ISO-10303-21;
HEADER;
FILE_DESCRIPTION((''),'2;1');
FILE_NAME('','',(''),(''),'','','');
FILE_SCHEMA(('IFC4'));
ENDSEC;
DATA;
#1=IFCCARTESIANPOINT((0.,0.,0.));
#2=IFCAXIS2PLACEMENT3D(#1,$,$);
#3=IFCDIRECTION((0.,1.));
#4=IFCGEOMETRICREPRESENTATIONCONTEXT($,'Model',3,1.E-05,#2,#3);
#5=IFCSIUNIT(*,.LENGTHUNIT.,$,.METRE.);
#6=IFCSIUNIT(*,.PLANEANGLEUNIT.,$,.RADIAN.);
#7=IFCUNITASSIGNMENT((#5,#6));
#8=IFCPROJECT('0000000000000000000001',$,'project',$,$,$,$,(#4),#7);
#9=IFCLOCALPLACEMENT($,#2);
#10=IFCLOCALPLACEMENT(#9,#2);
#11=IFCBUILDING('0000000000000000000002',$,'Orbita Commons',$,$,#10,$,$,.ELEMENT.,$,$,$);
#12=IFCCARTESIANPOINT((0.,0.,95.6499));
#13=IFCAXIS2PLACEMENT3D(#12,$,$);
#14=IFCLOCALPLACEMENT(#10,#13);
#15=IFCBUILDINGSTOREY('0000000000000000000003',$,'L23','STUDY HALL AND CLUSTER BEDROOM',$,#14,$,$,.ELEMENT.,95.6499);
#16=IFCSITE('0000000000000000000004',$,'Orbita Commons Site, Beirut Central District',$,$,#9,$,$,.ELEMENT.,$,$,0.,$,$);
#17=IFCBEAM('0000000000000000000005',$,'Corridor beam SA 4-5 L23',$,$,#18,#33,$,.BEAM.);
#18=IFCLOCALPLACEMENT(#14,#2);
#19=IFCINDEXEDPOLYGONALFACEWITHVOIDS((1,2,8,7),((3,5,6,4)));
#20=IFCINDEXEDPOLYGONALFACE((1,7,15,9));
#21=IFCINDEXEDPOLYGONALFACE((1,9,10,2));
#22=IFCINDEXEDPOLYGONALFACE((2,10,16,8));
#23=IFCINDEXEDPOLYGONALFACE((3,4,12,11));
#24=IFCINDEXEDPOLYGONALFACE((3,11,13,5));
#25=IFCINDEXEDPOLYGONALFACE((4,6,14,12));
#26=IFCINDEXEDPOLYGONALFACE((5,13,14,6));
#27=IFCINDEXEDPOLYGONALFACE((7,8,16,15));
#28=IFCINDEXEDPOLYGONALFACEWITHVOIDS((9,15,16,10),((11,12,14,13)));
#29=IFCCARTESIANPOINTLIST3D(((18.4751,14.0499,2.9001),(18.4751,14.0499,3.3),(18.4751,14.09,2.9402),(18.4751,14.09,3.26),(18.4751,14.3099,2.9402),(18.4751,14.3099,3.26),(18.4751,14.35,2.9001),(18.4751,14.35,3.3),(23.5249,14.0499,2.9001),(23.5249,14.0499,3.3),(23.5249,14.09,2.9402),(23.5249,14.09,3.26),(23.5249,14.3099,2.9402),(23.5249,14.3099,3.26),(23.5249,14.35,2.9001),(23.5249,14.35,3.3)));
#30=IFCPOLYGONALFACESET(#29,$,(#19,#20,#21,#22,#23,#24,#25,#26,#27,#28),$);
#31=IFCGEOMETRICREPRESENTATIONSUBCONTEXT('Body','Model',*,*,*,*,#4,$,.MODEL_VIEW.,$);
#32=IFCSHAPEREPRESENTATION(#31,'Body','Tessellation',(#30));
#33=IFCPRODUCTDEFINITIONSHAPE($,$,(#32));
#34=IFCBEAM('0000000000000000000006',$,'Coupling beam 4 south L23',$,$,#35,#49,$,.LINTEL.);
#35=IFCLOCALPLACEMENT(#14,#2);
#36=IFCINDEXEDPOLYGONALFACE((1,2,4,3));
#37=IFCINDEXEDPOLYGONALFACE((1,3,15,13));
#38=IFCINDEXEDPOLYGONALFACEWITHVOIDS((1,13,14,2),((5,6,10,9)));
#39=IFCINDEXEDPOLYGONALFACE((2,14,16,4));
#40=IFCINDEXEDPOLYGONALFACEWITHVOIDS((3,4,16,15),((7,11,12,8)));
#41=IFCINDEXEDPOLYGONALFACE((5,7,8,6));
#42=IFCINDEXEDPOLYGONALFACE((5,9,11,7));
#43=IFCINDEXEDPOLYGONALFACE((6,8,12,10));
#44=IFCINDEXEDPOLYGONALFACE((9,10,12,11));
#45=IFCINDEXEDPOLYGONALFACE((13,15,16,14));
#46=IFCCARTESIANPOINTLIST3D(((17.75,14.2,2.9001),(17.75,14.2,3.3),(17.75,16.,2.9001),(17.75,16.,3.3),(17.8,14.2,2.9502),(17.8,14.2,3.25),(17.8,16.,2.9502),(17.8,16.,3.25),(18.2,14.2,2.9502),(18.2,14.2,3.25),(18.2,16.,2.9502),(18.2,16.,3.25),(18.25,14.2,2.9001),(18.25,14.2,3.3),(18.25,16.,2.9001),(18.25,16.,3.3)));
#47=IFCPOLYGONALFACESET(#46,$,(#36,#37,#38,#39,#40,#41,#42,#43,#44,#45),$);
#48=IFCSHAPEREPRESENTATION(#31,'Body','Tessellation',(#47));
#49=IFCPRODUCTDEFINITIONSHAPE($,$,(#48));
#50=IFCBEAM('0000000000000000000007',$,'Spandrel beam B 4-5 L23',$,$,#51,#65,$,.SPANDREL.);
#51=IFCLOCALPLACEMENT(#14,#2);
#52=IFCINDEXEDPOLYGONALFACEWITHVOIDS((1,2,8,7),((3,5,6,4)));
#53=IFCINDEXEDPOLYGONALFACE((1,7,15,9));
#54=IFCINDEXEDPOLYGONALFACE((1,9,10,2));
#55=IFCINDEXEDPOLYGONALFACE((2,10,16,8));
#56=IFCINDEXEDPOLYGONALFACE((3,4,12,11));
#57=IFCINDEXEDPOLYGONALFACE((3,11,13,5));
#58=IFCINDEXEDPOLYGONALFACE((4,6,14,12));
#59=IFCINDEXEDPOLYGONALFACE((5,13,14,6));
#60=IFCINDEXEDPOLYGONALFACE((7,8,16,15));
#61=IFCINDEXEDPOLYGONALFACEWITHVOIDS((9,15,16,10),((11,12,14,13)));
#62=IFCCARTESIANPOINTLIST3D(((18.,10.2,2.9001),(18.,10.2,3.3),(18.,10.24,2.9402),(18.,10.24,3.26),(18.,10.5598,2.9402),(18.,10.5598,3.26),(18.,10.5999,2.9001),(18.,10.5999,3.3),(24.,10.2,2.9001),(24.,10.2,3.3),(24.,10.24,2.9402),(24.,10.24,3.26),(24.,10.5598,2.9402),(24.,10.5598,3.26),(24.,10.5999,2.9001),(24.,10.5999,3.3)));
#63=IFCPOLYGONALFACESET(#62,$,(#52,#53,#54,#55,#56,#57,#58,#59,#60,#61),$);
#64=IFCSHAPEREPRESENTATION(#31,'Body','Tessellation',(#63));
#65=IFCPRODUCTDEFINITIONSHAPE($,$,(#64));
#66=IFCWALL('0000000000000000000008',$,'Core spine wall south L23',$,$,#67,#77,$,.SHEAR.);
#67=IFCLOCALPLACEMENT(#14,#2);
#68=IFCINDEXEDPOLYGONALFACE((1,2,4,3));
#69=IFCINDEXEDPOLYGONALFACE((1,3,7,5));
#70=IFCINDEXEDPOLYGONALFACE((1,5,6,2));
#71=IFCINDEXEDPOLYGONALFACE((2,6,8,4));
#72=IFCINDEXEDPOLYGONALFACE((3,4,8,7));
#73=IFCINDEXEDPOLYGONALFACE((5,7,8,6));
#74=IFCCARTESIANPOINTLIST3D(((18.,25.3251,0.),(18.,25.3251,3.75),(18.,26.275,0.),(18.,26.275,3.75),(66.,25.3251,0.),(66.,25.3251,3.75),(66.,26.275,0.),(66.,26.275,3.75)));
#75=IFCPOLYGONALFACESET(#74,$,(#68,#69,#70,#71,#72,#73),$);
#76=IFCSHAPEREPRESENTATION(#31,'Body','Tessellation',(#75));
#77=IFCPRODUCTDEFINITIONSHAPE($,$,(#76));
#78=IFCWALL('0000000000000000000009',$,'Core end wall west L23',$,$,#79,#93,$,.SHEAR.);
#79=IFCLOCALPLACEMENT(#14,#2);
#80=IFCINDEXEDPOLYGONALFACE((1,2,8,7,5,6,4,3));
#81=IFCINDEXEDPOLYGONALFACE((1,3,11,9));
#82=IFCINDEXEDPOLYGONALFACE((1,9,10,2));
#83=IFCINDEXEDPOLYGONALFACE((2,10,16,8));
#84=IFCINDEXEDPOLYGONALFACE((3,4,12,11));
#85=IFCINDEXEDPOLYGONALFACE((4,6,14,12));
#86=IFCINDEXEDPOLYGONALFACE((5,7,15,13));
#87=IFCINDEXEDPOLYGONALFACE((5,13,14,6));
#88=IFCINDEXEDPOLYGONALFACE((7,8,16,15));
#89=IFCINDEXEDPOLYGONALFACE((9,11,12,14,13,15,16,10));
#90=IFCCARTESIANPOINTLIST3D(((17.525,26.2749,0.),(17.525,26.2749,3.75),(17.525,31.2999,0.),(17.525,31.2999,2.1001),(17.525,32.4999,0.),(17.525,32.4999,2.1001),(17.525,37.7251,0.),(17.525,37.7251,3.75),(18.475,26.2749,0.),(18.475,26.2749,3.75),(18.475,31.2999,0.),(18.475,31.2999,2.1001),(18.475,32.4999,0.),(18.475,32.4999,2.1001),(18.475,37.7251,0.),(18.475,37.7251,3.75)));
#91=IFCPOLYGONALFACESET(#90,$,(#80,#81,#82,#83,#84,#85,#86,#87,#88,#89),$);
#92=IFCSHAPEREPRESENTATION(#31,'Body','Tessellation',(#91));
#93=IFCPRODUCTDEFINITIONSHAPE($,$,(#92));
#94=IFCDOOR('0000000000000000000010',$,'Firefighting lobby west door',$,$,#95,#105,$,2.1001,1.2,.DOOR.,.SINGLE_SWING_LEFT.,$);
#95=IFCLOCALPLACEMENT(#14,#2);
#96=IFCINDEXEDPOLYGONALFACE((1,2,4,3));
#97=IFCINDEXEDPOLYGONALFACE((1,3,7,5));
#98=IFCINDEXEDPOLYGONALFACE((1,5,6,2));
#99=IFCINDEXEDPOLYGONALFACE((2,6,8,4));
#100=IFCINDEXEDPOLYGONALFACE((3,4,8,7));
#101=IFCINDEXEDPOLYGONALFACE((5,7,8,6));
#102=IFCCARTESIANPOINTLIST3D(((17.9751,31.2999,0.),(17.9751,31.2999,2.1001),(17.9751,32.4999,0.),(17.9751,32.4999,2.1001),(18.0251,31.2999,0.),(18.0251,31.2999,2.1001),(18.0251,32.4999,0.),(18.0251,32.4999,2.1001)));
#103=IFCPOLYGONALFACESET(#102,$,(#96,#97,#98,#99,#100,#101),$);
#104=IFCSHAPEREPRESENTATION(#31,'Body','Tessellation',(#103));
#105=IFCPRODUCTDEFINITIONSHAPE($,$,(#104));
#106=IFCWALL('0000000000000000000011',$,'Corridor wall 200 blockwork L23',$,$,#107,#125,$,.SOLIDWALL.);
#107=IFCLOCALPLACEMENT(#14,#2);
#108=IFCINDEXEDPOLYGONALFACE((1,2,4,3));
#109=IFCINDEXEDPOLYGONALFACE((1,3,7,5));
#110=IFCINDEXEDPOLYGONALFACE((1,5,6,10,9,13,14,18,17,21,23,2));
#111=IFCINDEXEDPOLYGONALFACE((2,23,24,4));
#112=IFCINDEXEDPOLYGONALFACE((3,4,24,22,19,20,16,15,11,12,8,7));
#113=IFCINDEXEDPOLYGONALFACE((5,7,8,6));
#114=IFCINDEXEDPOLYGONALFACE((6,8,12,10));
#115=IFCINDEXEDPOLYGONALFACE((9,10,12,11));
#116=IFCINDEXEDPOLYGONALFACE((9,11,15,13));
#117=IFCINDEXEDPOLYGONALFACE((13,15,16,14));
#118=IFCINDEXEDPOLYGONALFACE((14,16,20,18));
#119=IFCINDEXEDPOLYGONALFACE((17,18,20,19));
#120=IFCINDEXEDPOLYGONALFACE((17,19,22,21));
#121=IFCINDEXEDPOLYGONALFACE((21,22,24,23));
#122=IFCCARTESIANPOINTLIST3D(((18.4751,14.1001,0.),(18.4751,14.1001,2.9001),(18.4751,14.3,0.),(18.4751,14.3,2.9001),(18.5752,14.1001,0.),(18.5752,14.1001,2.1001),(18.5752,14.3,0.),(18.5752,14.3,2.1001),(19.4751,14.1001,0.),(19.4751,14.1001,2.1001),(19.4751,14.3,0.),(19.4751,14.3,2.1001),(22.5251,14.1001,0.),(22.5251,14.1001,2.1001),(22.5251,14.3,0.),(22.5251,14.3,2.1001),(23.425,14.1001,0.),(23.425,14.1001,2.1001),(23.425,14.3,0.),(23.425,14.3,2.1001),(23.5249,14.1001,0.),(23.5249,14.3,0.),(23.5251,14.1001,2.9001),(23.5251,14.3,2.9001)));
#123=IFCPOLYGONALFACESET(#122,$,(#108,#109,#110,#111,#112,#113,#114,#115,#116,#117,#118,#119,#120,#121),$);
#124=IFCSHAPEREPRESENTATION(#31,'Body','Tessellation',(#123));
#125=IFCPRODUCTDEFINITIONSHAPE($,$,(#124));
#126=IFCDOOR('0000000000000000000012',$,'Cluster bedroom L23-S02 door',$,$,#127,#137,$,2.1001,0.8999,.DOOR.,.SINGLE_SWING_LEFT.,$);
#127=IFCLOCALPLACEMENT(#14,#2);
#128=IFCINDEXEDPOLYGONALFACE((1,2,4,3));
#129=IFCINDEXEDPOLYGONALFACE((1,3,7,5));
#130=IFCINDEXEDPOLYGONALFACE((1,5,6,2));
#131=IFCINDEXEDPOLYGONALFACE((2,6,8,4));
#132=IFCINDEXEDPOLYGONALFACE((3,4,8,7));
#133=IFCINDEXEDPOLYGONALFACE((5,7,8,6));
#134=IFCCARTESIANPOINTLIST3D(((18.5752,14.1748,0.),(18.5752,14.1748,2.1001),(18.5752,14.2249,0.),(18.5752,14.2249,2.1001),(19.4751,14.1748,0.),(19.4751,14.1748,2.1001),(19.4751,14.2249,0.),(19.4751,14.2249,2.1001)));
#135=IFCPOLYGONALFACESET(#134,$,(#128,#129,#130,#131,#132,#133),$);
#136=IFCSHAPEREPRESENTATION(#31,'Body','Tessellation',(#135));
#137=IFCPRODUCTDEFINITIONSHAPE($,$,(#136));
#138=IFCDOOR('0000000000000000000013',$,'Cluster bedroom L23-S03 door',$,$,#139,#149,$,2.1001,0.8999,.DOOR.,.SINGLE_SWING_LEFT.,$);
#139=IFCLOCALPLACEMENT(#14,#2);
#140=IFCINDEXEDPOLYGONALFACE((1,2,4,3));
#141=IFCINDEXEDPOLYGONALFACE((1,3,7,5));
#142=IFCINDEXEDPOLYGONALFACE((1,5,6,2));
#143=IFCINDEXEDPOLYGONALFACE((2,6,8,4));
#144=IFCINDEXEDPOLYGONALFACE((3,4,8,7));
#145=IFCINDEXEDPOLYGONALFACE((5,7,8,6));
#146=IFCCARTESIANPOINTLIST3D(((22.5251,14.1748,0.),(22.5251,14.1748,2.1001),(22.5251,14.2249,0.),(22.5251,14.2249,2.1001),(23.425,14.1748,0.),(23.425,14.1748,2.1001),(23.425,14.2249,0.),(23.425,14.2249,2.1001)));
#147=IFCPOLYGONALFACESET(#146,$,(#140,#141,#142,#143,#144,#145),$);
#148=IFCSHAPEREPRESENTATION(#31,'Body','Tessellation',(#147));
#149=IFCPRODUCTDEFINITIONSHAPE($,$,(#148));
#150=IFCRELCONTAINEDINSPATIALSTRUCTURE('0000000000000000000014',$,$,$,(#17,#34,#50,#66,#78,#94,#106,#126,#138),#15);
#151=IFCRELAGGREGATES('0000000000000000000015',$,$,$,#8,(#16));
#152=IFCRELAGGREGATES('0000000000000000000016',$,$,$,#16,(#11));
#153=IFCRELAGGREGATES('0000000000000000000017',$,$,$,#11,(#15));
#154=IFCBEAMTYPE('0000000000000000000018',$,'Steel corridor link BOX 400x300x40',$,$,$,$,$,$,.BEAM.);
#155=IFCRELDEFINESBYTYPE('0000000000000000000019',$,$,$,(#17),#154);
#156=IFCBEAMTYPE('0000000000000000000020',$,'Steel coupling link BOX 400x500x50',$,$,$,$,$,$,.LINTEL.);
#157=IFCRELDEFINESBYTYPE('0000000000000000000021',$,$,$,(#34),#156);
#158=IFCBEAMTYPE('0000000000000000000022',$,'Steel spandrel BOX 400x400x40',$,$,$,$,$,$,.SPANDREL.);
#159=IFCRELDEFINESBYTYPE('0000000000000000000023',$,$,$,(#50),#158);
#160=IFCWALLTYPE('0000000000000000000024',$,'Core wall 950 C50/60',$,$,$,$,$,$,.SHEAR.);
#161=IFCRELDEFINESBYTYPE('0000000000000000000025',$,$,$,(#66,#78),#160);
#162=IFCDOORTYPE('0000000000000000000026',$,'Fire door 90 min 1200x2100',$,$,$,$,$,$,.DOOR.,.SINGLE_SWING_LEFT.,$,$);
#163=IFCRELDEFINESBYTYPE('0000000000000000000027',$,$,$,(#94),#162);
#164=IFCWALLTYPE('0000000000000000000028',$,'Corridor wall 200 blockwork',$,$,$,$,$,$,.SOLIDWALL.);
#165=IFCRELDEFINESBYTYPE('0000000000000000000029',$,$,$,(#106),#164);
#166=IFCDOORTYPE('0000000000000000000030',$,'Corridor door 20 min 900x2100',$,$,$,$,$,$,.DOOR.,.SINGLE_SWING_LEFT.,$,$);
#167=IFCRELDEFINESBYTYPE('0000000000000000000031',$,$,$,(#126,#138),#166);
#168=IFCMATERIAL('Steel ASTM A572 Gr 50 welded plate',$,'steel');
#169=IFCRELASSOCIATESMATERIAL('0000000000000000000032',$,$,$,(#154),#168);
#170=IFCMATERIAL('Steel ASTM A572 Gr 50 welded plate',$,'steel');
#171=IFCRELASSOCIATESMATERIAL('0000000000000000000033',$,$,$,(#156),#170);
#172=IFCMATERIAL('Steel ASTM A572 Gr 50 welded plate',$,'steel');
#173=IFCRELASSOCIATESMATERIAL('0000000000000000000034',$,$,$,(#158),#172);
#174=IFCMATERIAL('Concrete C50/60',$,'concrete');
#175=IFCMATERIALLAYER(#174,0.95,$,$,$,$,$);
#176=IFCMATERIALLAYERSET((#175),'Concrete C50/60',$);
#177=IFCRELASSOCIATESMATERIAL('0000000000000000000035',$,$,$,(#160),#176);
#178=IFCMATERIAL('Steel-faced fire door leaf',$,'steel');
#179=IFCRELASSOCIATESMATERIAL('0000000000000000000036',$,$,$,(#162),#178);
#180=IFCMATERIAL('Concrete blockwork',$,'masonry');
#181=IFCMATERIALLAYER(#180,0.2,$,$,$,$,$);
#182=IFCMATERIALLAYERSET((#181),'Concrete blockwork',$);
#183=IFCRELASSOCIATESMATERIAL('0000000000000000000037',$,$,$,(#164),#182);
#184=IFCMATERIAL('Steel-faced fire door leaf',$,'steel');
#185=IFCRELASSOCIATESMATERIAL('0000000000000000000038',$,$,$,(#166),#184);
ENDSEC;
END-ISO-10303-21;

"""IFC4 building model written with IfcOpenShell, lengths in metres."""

from ifc_helpers import new_model, si_unit, direction, frame, frame_2d, origin, origin_2d, place, context, subcontext, project, spatial, polyline, rectangle, hollow_rectangle, outline, extrude, material, layer, layer_set, material_profile, profile_set, type_object, element, fill, save


model = new_model("IFC4")

# Units and contexts
model_context = context("Model", 3, precision=1e-05, world=origin(), true_north=direction((0.0, 1.0)))
body_context = subcontext(model_context, "Body", "Model", "MODEL_VIEW")
ifc_project = project(units=[si_unit("LENGTHUNIT", "METRE"), si_unit("PLANEANGLEUNIT", "RADIAN")], contexts=[model_context])

# Site, building, storey
site_placement = place(None, origin())
site = spatial("IfcSite", under=ifc_project, at=site_placement, Name="Orbita Commons Site, Beirut Central District", CompositionType="ELEMENT", RefElevation=0.0)
building_placement = place(site_placement, origin())
building = spatial("IfcBuilding", under=site, at=building_placement, Name="Orbita Commons", CompositionType="ELEMENT")
storey_placement = place(building_placement, frame((0.0, 0.0, 95.6499)))
storey = spatial("IfcBuildingStorey", under=building, at=storey_placement, Name="L23", Description="STUDY HALL AND CLUSTER BEDROOM", CompositionType="ELEMENT", Elevation=95.6499)

# Beams
ifc_material_1 = material(Name="Steel ASTM A572 Gr 50 welded plate", Category="steel")
ifc_material_profile_1 = material_profile(ifc_material_1, hollow_rectangle(XDim=0.3, YDim=0.3999, WallThickness=0.04, at=origin_2d()), Name="BOX 400x300x40")
ifc_profile_set_1 = profile_set([ifc_material_profile_1], Name="Steel ASTM A572 Gr 50 welded plate")
beam_type_1 = type_object("IfcBeamType", Name="Steel corridor link BOX 400x300x40", PredefinedType="BEAM", material=ifc_profile_set_1)
beam_1_placement = place(storey_placement, frame((18.4751, 14.2, 3.1001), z_axis=(1.0, 0.0, 0.0), x_axis=(0.0, 1.0, 0.0)))
element("IfcBeam", 1, at=beam_1_placement, inside=storey, type_object=beam_type_1, Name="Corridor beam SA 4-5 L23", PredefinedType="BEAM", context=body_context, shape_type="SweptSolid", body=[
    extrude(hollow_rectangle(XDim=0.3, YDim=0.3999, WallThickness=0.04, at=origin_2d()), origin(), (0.0, 0.0, 1.0), 5.0498),
])
ifc_material_2 = material(Name="Steel ASTM A572 Gr 50 welded plate", Category="steel")
ifc_material_profile_2 = material_profile(ifc_material_2, hollow_rectangle(XDim=0.5, YDim=0.3999, WallThickness=0.05, at=origin_2d()), Name="BOX 400x500x50")
ifc_profile_set_2 = profile_set([ifc_material_profile_2], Name="Steel ASTM A572 Gr 50 welded plate")
beam_type_2 = type_object("IfcBeamType", Name="Steel coupling link BOX 400x500x50", PredefinedType="LINTEL", material=ifc_profile_set_2)
beam_2_placement = place(storey_placement, frame((18.0, 14.2, 3.1001), z_axis=(0.0, 1.0, 0.0), x_axis=(-1.0, 0.0, 0.0)))
element("IfcBeam", 2, at=beam_2_placement, inside=storey, type_object=beam_type_2, Name="Coupling beam 4 south L23", PredefinedType="LINTEL", context=body_context, shape_type="SweptSolid", body=[
    extrude(hollow_rectangle(XDim=0.5, YDim=0.3999, WallThickness=0.05, at=origin_2d()), origin(), (0.0, 0.0, 1.0), 1.8),
])
ifc_material_3 = material(Name="Steel ASTM A572 Gr 50 welded plate", Category="steel")
ifc_material_profile_3 = material_profile(ifc_material_3, hollow_rectangle(XDim=0.3999, YDim=0.3999, WallThickness=0.04, at=origin_2d()), Name="BOX 400x400x40")
ifc_profile_set_3 = profile_set([ifc_material_profile_3], Name="Steel ASTM A572 Gr 50 welded plate")
beam_type_3 = type_object("IfcBeamType", Name="Steel spandrel BOX 400x400x40", PredefinedType="SPANDREL", material=ifc_profile_set_3)
beam_3_placement = place(storey_placement, frame((18.0, 10.3999, 3.1001), z_axis=(1.0, 0.0, 0.0), x_axis=(0.0, 1.0, 0.0)))
element("IfcBeam", 3, at=beam_3_placement, inside=storey, type_object=beam_type_3, Name="Spandrel beam B 4-5 L23", PredefinedType="SPANDREL", context=body_context, shape_type="SweptSolid", body=[
    extrude(hollow_rectangle(XDim=0.3999, YDim=0.3999, WallThickness=0.04, at=origin_2d()), origin(), (0.0, 0.0, 1.0), 6.0),
])

# Wall
ifc_material_4 = material(Name="Concrete C50/60", Category="concrete")
ifc_layer_1 = layer(ifc_material_4, 0.95)
ifc_layer_set_1 = layer_set([ifc_layer_1], Name="Concrete C50/60")
wall_type_1 = type_object("IfcWallType", Name="Core wall 950 C50/60", PredefinedType="SHEAR", material=ifc_layer_set_1)
wall_1_placement = place(storey_placement, frame((18.0, 25.8, 0.0), z_axis=(0.0, 0.0, 1.0), x_axis=(1.0, 0.0, 0.0)))
element("IfcWall", 4, at=wall_1_placement, inside=storey, type_object=wall_type_1, Name="Core spine wall south L23", PredefinedType="SHEAR", context=body_context, shape_type="SweptSolid", body=[
    extrude(rectangle(XDim=48.0, YDim=0.95, at=frame_2d((24.0, 0.0))), origin(), (0.0, 0.0, 1.0), 3.75),
])

# Wall, opening, door
wall_2_placement = place(storey_placement, frame((18.0, 26.2749, 0.0), z_axis=(0.0, 0.0, 1.0), x_axis=(0.0, 1.0, 0.0)))
wall_2 = element("IfcWall", 5, at=wall_2_placement, inside=storey, type_object=wall_type_1, Name="Core end wall west L23", PredefinedType="SHEAR", context=body_context, shape_type="SweptSolid", body=[
    extrude(rectangle(XDim=11.4502, YDim=0.95, at=frame_2d((5.7251, 0.0))), origin(), (0.0, 0.0, 1.0), 3.75),
])
opening_1_placement = place(wall_2_placement, frame((5.0249, 0.0, 0.0)))
opening_1 = element("IfcOpeningElement", 6, at=opening_1_placement, cuts=wall_2, PredefinedType="OPENING", context=body_context, shape_type="SweptSolid", body=[
    extrude(rectangle(XDim=1.2, YDim=2.1001, at=frame_2d((0.6001, 1.05))), frame((0.0, 0.4849, 0.0), z_axis=(0.0, -1.0, 0.0), x_axis=(1.0, 0.0, 0.0)), (0.0, 0.0, 1.0), 0.97),
])
ifc_material_5 = material(Name="Steel-faced fire door leaf", Category="steel")
door_type_1 = type_object("IfcDoorType", Name="Fire door 90 min 1200x2100", OperationType="SINGLE_SWING_LEFT", PredefinedType="DOOR", material=ifc_material_5)
door_1_placement = place(opening_1_placement, origin())
door_1 = element("IfcDoor", 7, at=door_1_placement, inside=storey, type_object=door_type_1, Name="Firefighting lobby west door", OperationType="SINGLE_SWING_LEFT", OverallHeight=2.1001, OverallWidth=1.2, PredefinedType="DOOR", context=body_context, shape_type="SweptSolid", body=[
    extrude(rectangle(XDim=1.2, YDim=2.1001, at=frame_2d((0.6001, 1.05))), frame((0.0, 0.0249, 0.0), z_axis=(0.0, -1.0, 0.0), x_axis=(1.0, 0.0, 0.0)), (0.0, 0.0, 1.0), 0.05),
])
fill(opening_1, door_1)

# Wall, openings, doors
ifc_material_6 = material(Name="Concrete blockwork", Category="masonry")
ifc_layer_2 = layer(ifc_material_6, 0.2)
ifc_layer_set_2 = layer_set([ifc_layer_2], Name="Concrete blockwork")
wall_type_2 = type_object("IfcWallType", Name="Corridor wall 200 blockwork", PredefinedType="SOLIDWALL", material=ifc_layer_set_2)
wall_3_placement = place(storey_placement, frame((18.4751, 14.2, 0.0), z_axis=(0.0, 0.0, 1.0), x_axis=(1.0, 0.0, 0.0)))
wall_3 = element("IfcWall", 8, at=wall_3_placement, inside=storey, type_object=wall_type_2, Name="Corridor wall 200 blockwork L23", PredefinedType="SOLIDWALL", context=body_context, shape_type="SweptSolid", body=[
    extrude(outline(polyline([(0.0, 0.0), (5.0498, 0.0), (5.05, 2.9001), (0.0, 2.9001), (0.0, 0.0)])), frame((0.0, 0.1001, 0.0), z_axis=(0.0, -1.0, 0.0), x_axis=(1.0, 0.0, 0.0)), (0.0, 0.0, 1.0), 0.2),
])
opening_2_placement = place(wall_3_placement, frame((0.1001, 0.0, 0.0)))
opening_2 = element("IfcOpeningElement", 9, at=opening_2_placement, cuts=wall_3, PredefinedType="OPENING", context=body_context, shape_type="SweptSolid", body=[
    extrude(rectangle(XDim=0.8999, YDim=2.1001, at=frame_2d((0.45, 1.05))), frame((0.0, 0.1099, 0.0), z_axis=(0.0, -1.0, 0.0), x_axis=(1.0, 0.0, 0.0)), (0.0, 0.0, 1.0), 0.22),
])
opening_3_placement = place(wall_3_placement, frame((4.05, 0.0, 0.0)))
opening_3 = element("IfcOpeningElement", 10, at=opening_3_placement, cuts=wall_3, PredefinedType="OPENING", context=body_context, shape_type="SweptSolid", body=[
    extrude(rectangle(XDim=0.8999, YDim=2.1001, at=frame_2d((0.45, 1.05))), frame((0.0, 0.1099, 0.0), z_axis=(0.0, -1.0, 0.0), x_axis=(1.0, 0.0, 0.0)), (0.0, 0.0, 1.0), 0.22),
])
ifc_material_7 = material(Name="Steel-faced fire door leaf", Category="steel")
door_type_2 = type_object("IfcDoorType", Name="Corridor door 20 min 900x2100", OperationType="SINGLE_SWING_LEFT", PredefinedType="DOOR", material=ifc_material_7)
door_2_placement = place(opening_2_placement, origin())
door_2 = element("IfcDoor", 11, at=door_2_placement, inside=storey, type_object=door_type_2, Name="Cluster bedroom L23-S02 door", OperationType="SINGLE_SWING_LEFT", OverallHeight=2.1001, OverallWidth=0.8999, PredefinedType="DOOR", context=body_context, shape_type="SweptSolid", body=[
    extrude(rectangle(XDim=0.8999, YDim=2.1001, at=frame_2d((0.45, 1.05))), frame((0.0, 0.0249, 0.0), z_axis=(0.0, -1.0, 0.0), x_axis=(1.0, 0.0, 0.0)), (0.0, 0.0, 1.0), 0.05),
])
fill(opening_2, door_2)
door_3_placement = place(opening_3_placement, origin())
door_3 = element("IfcDoor", 12, at=door_3_placement, inside=storey, type_object=door_type_2, Name="Cluster bedroom L23-S03 door", OperationType="SINGLE_SWING_LEFT", OverallHeight=2.1001, OverallWidth=0.8999, PredefinedType="DOOR", context=body_context, shape_type="SweptSolid", body=[
    extrude(rectangle(XDim=0.8999, YDim=2.1001, at=frame_2d((0.45, 1.05))), frame((0.0, 0.0249, 0.0), z_axis=(0.0, -1.0, 0.0), x_axis=(1.0, 0.0, 0.0)), (0.0, 0.0, 1.0), 0.05),
])
fill(opening_3, door_3)

save(model, "model.ifc")
